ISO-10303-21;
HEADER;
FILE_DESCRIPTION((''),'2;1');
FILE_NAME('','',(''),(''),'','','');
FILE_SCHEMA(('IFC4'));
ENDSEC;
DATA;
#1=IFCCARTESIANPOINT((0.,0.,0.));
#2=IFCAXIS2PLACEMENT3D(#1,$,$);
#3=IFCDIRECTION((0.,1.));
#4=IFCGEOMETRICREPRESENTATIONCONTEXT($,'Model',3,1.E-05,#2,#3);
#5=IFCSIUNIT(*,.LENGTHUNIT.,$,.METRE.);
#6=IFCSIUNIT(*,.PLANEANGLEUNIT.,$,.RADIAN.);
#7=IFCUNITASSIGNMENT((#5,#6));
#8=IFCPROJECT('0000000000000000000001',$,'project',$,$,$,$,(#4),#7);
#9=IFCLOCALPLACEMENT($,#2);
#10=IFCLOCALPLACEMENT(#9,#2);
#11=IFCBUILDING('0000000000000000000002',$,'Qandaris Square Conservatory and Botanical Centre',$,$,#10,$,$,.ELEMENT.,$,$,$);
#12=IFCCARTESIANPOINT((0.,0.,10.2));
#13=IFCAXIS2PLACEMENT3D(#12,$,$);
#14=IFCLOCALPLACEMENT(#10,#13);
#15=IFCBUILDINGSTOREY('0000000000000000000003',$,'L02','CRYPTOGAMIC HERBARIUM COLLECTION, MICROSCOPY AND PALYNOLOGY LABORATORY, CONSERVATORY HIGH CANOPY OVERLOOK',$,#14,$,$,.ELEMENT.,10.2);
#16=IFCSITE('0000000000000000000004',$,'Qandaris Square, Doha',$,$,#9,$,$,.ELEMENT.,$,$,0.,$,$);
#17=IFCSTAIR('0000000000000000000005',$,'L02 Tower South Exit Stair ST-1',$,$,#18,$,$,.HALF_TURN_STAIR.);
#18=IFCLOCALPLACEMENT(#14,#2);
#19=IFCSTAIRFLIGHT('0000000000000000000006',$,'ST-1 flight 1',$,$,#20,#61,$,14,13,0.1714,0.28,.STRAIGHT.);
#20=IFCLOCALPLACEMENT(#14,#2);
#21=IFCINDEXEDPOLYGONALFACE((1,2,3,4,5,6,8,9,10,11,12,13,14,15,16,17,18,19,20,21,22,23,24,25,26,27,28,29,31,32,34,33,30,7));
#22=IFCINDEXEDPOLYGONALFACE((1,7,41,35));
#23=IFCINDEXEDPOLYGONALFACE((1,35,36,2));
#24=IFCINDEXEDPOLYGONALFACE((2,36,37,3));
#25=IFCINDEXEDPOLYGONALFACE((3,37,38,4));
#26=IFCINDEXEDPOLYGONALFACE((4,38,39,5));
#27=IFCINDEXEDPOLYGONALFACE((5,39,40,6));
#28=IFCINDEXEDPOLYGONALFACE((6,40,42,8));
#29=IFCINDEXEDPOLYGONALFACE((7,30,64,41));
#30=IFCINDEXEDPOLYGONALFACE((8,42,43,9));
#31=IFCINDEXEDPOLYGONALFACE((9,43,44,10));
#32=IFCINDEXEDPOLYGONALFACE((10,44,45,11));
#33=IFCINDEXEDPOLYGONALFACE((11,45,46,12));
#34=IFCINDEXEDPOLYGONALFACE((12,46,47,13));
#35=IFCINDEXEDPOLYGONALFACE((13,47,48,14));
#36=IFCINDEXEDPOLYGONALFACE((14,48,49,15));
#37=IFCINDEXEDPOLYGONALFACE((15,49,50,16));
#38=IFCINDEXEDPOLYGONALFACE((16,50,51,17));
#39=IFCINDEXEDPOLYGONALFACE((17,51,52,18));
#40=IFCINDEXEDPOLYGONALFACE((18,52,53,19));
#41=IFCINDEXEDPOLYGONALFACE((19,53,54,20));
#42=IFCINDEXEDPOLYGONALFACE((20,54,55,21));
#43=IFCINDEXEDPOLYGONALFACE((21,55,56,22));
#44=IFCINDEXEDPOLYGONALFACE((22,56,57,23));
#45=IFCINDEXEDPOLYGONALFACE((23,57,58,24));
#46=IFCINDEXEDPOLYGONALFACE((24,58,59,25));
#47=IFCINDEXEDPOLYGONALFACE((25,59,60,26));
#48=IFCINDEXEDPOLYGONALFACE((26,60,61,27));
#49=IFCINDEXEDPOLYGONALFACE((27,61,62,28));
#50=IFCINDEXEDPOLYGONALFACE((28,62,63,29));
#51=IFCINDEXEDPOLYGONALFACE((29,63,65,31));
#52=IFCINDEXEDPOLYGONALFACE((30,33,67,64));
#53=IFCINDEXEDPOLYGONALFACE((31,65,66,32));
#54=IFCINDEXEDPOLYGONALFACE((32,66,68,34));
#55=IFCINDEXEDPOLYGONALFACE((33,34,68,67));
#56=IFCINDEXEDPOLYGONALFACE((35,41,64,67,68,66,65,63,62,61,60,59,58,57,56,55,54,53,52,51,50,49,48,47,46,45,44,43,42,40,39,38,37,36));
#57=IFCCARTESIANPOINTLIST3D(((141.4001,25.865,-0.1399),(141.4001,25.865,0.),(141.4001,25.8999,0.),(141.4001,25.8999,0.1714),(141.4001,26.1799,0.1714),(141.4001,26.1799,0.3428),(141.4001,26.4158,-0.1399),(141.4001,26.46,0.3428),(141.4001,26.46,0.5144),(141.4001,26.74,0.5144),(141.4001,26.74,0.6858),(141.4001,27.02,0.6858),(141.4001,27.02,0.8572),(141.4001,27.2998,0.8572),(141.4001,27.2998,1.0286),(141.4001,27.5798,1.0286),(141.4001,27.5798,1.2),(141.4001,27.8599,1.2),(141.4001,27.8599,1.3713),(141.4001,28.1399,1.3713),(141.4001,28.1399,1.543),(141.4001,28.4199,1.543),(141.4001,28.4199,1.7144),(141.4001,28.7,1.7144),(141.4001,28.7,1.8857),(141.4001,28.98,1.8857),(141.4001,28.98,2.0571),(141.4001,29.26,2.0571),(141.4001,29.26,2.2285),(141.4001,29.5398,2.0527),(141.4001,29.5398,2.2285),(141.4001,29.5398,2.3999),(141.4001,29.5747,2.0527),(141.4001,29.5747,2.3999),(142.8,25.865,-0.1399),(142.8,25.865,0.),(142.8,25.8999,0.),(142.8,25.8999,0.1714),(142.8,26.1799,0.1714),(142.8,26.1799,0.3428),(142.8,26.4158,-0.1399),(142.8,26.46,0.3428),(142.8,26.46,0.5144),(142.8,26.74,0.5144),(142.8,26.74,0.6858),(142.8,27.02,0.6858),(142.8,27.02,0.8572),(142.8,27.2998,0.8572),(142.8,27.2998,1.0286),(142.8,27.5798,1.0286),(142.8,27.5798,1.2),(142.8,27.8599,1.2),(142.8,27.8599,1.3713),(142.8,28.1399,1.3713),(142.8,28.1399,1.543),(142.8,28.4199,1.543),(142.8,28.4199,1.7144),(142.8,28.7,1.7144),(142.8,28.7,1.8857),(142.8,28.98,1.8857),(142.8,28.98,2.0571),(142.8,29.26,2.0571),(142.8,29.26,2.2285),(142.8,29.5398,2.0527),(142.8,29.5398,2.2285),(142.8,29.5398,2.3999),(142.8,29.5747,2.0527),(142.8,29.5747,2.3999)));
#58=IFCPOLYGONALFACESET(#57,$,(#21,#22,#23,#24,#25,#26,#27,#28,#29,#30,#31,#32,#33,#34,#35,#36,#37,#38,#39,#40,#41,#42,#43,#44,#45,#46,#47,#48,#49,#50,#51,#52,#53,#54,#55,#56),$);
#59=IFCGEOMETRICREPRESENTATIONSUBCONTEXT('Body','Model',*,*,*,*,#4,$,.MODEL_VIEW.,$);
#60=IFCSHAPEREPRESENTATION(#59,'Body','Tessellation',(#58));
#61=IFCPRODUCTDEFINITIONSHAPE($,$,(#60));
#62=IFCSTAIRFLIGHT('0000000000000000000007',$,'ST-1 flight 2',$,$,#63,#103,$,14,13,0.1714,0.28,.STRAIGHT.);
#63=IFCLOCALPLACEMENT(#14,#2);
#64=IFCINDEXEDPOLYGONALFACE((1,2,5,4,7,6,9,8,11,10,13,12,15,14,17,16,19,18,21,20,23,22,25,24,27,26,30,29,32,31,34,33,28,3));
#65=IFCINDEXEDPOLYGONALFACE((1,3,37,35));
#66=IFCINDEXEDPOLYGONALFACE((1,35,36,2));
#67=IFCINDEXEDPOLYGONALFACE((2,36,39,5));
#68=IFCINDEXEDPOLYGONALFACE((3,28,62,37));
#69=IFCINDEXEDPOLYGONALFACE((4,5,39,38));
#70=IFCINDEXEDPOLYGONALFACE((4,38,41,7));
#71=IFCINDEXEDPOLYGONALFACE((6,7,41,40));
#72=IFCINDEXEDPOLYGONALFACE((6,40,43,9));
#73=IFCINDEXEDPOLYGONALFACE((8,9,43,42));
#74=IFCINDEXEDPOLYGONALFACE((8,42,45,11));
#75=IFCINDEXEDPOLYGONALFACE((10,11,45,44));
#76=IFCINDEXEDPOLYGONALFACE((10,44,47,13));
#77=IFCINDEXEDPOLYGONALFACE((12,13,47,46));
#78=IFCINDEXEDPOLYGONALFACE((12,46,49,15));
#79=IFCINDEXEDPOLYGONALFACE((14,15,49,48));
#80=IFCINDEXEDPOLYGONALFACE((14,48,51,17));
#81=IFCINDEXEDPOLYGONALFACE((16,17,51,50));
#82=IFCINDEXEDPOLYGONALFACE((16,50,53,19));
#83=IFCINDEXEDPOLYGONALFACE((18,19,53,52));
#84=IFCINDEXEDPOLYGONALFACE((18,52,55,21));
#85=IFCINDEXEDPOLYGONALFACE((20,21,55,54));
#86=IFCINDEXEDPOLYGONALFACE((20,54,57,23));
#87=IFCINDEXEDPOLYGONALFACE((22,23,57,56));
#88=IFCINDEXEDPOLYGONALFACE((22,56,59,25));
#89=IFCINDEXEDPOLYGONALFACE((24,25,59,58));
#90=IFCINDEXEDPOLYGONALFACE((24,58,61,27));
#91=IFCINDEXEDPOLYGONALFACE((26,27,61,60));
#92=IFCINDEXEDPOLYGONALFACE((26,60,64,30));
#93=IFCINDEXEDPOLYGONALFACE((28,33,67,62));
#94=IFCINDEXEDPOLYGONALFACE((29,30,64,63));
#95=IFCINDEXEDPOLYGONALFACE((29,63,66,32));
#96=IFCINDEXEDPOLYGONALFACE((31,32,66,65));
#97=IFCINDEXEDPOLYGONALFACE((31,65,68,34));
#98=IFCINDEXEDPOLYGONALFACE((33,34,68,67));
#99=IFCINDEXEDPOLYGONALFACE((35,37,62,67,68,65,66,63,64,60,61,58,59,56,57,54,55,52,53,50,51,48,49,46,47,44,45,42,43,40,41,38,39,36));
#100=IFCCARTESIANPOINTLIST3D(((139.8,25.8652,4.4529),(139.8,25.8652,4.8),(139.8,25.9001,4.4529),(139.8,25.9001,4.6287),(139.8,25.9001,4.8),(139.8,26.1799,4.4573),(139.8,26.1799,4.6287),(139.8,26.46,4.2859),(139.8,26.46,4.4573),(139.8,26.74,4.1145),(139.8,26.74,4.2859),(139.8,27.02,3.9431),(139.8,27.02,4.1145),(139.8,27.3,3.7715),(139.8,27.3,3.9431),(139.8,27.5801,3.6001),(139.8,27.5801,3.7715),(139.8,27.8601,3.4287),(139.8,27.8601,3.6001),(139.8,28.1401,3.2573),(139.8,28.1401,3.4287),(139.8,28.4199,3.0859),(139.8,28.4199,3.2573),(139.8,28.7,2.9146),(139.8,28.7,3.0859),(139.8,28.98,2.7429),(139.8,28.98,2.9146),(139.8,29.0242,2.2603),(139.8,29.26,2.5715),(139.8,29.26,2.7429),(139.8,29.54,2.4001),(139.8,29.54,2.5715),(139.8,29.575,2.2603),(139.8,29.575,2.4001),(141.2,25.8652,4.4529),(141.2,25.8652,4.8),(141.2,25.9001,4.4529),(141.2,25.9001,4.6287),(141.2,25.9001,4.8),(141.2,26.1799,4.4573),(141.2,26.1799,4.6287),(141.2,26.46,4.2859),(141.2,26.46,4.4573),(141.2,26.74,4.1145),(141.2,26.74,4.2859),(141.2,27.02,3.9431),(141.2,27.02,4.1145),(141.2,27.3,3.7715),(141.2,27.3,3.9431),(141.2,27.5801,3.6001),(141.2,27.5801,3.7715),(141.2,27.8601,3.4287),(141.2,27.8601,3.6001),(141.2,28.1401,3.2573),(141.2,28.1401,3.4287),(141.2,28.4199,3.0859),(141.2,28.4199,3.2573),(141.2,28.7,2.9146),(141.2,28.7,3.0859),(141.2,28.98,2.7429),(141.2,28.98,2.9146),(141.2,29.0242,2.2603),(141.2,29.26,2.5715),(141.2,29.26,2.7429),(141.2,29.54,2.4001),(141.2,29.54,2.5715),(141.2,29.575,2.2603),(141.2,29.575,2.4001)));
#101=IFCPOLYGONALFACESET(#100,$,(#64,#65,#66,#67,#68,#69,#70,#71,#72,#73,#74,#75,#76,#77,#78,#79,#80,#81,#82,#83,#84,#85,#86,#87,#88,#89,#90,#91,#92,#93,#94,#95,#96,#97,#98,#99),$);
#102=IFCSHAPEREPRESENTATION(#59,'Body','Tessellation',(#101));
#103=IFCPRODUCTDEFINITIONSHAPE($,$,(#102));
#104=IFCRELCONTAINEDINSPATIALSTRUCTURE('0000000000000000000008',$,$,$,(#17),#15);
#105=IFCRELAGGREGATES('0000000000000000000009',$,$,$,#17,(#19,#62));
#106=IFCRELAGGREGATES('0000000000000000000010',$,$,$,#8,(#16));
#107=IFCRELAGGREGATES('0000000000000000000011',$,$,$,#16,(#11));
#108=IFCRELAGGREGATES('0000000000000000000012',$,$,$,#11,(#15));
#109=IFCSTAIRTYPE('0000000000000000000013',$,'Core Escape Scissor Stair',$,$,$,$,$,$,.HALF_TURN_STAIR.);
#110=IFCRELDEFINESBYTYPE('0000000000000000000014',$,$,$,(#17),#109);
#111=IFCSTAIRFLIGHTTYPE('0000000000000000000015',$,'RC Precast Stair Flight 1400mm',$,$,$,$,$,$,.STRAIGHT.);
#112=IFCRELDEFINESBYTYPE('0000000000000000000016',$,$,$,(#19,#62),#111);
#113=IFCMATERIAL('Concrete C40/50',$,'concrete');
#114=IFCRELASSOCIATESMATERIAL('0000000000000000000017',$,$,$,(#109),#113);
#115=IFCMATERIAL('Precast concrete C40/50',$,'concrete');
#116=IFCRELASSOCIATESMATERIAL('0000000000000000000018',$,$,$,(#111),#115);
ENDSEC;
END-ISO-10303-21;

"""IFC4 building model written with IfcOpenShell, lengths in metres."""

from ifc_helpers import new_model, si_unit, direction, frame, origin, place, context, subcontext, project, spatial, polyline, outline, extrude, material, type_object, element, aggregate, save


model = new_model("IFC4")

# Units and contexts
model_context = context("Model", 3, precision=1e-05, world=origin(), true_north=direction((0.0, 1.0)))
body_context = subcontext(model_context, "Body", "Model", "MODEL_VIEW")
ifc_project = project(units=[si_unit("LENGTHUNIT", "METRE"), si_unit("PLANEANGLEUNIT", "RADIAN")], contexts=[model_context])

# Site, building, storey
site_placement = place(None, origin())
site = spatial("IfcSite", under=ifc_project, at=site_placement, Name="Qandaris Square, Doha", CompositionType="ELEMENT", RefElevation=0.0)
building_placement = place(site_placement, origin())
building = spatial("IfcBuilding", under=site, at=building_placement, Name="Qandaris Square Conservatory and Botanical Centre", CompositionType="ELEMENT")
storey_placement = place(building_placement, frame((0.0, 0.0, 10.2)))
storey = spatial("IfcBuildingStorey", under=building, at=storey_placement, Name="L02", Description="CRYPTOGAMIC HERBARIUM COLLECTION, MICROSCOPY AND PALYNOLOGY LABORATORY, CONSERVATORY HIGH CANOPY OVERLOOK", CompositionType="ELEMENT", Elevation=10.2)

# Shared definitions
ifc_material_1 = material(Name="Concrete C40/50", Category="concrete")

# Stair, stair flights
stair_type = type_object("IfcStairType", Name="Core Escape Scissor Stair", PredefinedType="HALF_TURN_STAIR", material=ifc_material_1)
stair_placement = place(storey_placement, origin())
stair = element("IfcStair", 1, at=stair_placement, inside=storey, type_object=stair_type, Name="L02 Tower South Exit Stair ST-1", PredefinedType="HALF_TURN_STAIR")
ifc_material_2 = material(Name="Precast concrete C40/50", Category="concrete")
stair_flight_type = type_object("IfcStairFlightType", Name="RC Precast Stair Flight 1400mm", PredefinedType="STRAIGHT", material=ifc_material_2)
stair_flight_1_placement = place(storey_placement, frame((142.1001, 25.8999, 0.0), z_axis=(0.0, 0.0, 1.0), x_axis=(0.0, 1.0, 0.0)))
stair_flight_1 = element("IfcStairFlight", 2, at=stair_flight_1_placement, type_object=stair_flight_type, Name="ST-1 flight 1", NumberOfRisers=14, NumberOfTreads=13, PredefinedType="STRAIGHT", RiserHeight=0.1714, TreadLength=0.28, context=body_context, shape_type="SweptSolid", body=[
    extrude(outline(polyline([(-0.0349, 0.0), (0.0, 0.0), (0.0, 0.1714), (0.28, 0.1714), (0.28, 0.3428), (0.5601, 0.3428), (0.5601, 0.5144), (0.8401, 0.5144), (0.8401, 0.6858), (1.1201, 0.6858), (1.1201, 0.8572), (1.3999, 0.8572), (1.3999, 1.0286), (1.6799, 1.0286), (1.6799, 1.2), (1.96, 1.2), (1.96, 1.3713), (2.24, 1.3713), (2.24, 1.543), (2.52, 1.543), (2.52, 1.7144), (2.8, 1.7144), (2.8, 1.8857), (3.0801, 1.8857), (3.0801, 2.0571), (3.3601, 2.0571), (3.3601, 2.2285), (3.6399, 2.2285), (3.6399, 2.3999), (3.6748, 2.3999), (3.6748, 2.0527), (3.6399, 2.0527), (0.5159, -0.1399), (-0.0349, -0.1399), (-0.0349, 0.0)])), frame((0.0, 0.7, 0.0), z_axis=(0.0, -1.0, 0.0), x_axis=(1.0, 0.0, 0.0)), (0.0, 0.0, 1.0), 1.3999),
])
stair_flight_2_placement = place(storey_placement, frame((140.5, 29.54, 2.4001), z_axis=(0.0, 0.0, 1.0), x_axis=(0.0, -1.0, 0.0)))
stair_flight_2 = element("IfcStairFlight", 3, at=stair_flight_2_placement, type_object=stair_flight_type, Name="ST-1 flight 2", NumberOfRisers=14, NumberOfTreads=13, PredefinedType="STRAIGHT", RiserHeight=0.1714, TreadLength=0.28, context=body_context, shape_type="SweptSolid", body=[
    extrude(outline(polyline([(-0.0349, 0.0), (0.0, 0.0), (0.0, 0.1714), (0.28, 0.1714), (0.28, 0.3428), (0.5601, 0.3428), (0.5601, 0.5144), (0.8401, 0.5144), (0.8401, 0.6858), (1.1201, 0.6858), (1.1201, 0.8572), (1.3999, 0.8572), (1.3999, 1.0286), (1.6799, 1.0286), (1.6799, 1.2), (1.96, 1.2), (1.96, 1.3713), (2.24, 1.3713), (2.24, 1.543), (2.52, 1.543), (2.52, 1.7144), (2.8, 1.7144), (2.8, 1.8857), (3.0801, 1.8857), (3.0801, 2.0571), (3.3601, 2.0571), (3.3601, 2.2285), (3.6399, 2.2285), (3.6399, 2.3999), (3.6748, 2.3999), (3.6748, 2.0527), (3.6399, 2.0527), (0.5159, -0.1399), (-0.0349, -0.1399), (-0.0349, 0.0)])), frame((0.0, 0.7, 0.0), z_axis=(0.0, -1.0, 0.0), x_axis=(1.0, 0.0, 0.0)), (0.0, 0.0, 1.0), 1.3999),
])
aggregate(stair, [stair_flight_1, stair_flight_2])

save(model, "model.ifc")
